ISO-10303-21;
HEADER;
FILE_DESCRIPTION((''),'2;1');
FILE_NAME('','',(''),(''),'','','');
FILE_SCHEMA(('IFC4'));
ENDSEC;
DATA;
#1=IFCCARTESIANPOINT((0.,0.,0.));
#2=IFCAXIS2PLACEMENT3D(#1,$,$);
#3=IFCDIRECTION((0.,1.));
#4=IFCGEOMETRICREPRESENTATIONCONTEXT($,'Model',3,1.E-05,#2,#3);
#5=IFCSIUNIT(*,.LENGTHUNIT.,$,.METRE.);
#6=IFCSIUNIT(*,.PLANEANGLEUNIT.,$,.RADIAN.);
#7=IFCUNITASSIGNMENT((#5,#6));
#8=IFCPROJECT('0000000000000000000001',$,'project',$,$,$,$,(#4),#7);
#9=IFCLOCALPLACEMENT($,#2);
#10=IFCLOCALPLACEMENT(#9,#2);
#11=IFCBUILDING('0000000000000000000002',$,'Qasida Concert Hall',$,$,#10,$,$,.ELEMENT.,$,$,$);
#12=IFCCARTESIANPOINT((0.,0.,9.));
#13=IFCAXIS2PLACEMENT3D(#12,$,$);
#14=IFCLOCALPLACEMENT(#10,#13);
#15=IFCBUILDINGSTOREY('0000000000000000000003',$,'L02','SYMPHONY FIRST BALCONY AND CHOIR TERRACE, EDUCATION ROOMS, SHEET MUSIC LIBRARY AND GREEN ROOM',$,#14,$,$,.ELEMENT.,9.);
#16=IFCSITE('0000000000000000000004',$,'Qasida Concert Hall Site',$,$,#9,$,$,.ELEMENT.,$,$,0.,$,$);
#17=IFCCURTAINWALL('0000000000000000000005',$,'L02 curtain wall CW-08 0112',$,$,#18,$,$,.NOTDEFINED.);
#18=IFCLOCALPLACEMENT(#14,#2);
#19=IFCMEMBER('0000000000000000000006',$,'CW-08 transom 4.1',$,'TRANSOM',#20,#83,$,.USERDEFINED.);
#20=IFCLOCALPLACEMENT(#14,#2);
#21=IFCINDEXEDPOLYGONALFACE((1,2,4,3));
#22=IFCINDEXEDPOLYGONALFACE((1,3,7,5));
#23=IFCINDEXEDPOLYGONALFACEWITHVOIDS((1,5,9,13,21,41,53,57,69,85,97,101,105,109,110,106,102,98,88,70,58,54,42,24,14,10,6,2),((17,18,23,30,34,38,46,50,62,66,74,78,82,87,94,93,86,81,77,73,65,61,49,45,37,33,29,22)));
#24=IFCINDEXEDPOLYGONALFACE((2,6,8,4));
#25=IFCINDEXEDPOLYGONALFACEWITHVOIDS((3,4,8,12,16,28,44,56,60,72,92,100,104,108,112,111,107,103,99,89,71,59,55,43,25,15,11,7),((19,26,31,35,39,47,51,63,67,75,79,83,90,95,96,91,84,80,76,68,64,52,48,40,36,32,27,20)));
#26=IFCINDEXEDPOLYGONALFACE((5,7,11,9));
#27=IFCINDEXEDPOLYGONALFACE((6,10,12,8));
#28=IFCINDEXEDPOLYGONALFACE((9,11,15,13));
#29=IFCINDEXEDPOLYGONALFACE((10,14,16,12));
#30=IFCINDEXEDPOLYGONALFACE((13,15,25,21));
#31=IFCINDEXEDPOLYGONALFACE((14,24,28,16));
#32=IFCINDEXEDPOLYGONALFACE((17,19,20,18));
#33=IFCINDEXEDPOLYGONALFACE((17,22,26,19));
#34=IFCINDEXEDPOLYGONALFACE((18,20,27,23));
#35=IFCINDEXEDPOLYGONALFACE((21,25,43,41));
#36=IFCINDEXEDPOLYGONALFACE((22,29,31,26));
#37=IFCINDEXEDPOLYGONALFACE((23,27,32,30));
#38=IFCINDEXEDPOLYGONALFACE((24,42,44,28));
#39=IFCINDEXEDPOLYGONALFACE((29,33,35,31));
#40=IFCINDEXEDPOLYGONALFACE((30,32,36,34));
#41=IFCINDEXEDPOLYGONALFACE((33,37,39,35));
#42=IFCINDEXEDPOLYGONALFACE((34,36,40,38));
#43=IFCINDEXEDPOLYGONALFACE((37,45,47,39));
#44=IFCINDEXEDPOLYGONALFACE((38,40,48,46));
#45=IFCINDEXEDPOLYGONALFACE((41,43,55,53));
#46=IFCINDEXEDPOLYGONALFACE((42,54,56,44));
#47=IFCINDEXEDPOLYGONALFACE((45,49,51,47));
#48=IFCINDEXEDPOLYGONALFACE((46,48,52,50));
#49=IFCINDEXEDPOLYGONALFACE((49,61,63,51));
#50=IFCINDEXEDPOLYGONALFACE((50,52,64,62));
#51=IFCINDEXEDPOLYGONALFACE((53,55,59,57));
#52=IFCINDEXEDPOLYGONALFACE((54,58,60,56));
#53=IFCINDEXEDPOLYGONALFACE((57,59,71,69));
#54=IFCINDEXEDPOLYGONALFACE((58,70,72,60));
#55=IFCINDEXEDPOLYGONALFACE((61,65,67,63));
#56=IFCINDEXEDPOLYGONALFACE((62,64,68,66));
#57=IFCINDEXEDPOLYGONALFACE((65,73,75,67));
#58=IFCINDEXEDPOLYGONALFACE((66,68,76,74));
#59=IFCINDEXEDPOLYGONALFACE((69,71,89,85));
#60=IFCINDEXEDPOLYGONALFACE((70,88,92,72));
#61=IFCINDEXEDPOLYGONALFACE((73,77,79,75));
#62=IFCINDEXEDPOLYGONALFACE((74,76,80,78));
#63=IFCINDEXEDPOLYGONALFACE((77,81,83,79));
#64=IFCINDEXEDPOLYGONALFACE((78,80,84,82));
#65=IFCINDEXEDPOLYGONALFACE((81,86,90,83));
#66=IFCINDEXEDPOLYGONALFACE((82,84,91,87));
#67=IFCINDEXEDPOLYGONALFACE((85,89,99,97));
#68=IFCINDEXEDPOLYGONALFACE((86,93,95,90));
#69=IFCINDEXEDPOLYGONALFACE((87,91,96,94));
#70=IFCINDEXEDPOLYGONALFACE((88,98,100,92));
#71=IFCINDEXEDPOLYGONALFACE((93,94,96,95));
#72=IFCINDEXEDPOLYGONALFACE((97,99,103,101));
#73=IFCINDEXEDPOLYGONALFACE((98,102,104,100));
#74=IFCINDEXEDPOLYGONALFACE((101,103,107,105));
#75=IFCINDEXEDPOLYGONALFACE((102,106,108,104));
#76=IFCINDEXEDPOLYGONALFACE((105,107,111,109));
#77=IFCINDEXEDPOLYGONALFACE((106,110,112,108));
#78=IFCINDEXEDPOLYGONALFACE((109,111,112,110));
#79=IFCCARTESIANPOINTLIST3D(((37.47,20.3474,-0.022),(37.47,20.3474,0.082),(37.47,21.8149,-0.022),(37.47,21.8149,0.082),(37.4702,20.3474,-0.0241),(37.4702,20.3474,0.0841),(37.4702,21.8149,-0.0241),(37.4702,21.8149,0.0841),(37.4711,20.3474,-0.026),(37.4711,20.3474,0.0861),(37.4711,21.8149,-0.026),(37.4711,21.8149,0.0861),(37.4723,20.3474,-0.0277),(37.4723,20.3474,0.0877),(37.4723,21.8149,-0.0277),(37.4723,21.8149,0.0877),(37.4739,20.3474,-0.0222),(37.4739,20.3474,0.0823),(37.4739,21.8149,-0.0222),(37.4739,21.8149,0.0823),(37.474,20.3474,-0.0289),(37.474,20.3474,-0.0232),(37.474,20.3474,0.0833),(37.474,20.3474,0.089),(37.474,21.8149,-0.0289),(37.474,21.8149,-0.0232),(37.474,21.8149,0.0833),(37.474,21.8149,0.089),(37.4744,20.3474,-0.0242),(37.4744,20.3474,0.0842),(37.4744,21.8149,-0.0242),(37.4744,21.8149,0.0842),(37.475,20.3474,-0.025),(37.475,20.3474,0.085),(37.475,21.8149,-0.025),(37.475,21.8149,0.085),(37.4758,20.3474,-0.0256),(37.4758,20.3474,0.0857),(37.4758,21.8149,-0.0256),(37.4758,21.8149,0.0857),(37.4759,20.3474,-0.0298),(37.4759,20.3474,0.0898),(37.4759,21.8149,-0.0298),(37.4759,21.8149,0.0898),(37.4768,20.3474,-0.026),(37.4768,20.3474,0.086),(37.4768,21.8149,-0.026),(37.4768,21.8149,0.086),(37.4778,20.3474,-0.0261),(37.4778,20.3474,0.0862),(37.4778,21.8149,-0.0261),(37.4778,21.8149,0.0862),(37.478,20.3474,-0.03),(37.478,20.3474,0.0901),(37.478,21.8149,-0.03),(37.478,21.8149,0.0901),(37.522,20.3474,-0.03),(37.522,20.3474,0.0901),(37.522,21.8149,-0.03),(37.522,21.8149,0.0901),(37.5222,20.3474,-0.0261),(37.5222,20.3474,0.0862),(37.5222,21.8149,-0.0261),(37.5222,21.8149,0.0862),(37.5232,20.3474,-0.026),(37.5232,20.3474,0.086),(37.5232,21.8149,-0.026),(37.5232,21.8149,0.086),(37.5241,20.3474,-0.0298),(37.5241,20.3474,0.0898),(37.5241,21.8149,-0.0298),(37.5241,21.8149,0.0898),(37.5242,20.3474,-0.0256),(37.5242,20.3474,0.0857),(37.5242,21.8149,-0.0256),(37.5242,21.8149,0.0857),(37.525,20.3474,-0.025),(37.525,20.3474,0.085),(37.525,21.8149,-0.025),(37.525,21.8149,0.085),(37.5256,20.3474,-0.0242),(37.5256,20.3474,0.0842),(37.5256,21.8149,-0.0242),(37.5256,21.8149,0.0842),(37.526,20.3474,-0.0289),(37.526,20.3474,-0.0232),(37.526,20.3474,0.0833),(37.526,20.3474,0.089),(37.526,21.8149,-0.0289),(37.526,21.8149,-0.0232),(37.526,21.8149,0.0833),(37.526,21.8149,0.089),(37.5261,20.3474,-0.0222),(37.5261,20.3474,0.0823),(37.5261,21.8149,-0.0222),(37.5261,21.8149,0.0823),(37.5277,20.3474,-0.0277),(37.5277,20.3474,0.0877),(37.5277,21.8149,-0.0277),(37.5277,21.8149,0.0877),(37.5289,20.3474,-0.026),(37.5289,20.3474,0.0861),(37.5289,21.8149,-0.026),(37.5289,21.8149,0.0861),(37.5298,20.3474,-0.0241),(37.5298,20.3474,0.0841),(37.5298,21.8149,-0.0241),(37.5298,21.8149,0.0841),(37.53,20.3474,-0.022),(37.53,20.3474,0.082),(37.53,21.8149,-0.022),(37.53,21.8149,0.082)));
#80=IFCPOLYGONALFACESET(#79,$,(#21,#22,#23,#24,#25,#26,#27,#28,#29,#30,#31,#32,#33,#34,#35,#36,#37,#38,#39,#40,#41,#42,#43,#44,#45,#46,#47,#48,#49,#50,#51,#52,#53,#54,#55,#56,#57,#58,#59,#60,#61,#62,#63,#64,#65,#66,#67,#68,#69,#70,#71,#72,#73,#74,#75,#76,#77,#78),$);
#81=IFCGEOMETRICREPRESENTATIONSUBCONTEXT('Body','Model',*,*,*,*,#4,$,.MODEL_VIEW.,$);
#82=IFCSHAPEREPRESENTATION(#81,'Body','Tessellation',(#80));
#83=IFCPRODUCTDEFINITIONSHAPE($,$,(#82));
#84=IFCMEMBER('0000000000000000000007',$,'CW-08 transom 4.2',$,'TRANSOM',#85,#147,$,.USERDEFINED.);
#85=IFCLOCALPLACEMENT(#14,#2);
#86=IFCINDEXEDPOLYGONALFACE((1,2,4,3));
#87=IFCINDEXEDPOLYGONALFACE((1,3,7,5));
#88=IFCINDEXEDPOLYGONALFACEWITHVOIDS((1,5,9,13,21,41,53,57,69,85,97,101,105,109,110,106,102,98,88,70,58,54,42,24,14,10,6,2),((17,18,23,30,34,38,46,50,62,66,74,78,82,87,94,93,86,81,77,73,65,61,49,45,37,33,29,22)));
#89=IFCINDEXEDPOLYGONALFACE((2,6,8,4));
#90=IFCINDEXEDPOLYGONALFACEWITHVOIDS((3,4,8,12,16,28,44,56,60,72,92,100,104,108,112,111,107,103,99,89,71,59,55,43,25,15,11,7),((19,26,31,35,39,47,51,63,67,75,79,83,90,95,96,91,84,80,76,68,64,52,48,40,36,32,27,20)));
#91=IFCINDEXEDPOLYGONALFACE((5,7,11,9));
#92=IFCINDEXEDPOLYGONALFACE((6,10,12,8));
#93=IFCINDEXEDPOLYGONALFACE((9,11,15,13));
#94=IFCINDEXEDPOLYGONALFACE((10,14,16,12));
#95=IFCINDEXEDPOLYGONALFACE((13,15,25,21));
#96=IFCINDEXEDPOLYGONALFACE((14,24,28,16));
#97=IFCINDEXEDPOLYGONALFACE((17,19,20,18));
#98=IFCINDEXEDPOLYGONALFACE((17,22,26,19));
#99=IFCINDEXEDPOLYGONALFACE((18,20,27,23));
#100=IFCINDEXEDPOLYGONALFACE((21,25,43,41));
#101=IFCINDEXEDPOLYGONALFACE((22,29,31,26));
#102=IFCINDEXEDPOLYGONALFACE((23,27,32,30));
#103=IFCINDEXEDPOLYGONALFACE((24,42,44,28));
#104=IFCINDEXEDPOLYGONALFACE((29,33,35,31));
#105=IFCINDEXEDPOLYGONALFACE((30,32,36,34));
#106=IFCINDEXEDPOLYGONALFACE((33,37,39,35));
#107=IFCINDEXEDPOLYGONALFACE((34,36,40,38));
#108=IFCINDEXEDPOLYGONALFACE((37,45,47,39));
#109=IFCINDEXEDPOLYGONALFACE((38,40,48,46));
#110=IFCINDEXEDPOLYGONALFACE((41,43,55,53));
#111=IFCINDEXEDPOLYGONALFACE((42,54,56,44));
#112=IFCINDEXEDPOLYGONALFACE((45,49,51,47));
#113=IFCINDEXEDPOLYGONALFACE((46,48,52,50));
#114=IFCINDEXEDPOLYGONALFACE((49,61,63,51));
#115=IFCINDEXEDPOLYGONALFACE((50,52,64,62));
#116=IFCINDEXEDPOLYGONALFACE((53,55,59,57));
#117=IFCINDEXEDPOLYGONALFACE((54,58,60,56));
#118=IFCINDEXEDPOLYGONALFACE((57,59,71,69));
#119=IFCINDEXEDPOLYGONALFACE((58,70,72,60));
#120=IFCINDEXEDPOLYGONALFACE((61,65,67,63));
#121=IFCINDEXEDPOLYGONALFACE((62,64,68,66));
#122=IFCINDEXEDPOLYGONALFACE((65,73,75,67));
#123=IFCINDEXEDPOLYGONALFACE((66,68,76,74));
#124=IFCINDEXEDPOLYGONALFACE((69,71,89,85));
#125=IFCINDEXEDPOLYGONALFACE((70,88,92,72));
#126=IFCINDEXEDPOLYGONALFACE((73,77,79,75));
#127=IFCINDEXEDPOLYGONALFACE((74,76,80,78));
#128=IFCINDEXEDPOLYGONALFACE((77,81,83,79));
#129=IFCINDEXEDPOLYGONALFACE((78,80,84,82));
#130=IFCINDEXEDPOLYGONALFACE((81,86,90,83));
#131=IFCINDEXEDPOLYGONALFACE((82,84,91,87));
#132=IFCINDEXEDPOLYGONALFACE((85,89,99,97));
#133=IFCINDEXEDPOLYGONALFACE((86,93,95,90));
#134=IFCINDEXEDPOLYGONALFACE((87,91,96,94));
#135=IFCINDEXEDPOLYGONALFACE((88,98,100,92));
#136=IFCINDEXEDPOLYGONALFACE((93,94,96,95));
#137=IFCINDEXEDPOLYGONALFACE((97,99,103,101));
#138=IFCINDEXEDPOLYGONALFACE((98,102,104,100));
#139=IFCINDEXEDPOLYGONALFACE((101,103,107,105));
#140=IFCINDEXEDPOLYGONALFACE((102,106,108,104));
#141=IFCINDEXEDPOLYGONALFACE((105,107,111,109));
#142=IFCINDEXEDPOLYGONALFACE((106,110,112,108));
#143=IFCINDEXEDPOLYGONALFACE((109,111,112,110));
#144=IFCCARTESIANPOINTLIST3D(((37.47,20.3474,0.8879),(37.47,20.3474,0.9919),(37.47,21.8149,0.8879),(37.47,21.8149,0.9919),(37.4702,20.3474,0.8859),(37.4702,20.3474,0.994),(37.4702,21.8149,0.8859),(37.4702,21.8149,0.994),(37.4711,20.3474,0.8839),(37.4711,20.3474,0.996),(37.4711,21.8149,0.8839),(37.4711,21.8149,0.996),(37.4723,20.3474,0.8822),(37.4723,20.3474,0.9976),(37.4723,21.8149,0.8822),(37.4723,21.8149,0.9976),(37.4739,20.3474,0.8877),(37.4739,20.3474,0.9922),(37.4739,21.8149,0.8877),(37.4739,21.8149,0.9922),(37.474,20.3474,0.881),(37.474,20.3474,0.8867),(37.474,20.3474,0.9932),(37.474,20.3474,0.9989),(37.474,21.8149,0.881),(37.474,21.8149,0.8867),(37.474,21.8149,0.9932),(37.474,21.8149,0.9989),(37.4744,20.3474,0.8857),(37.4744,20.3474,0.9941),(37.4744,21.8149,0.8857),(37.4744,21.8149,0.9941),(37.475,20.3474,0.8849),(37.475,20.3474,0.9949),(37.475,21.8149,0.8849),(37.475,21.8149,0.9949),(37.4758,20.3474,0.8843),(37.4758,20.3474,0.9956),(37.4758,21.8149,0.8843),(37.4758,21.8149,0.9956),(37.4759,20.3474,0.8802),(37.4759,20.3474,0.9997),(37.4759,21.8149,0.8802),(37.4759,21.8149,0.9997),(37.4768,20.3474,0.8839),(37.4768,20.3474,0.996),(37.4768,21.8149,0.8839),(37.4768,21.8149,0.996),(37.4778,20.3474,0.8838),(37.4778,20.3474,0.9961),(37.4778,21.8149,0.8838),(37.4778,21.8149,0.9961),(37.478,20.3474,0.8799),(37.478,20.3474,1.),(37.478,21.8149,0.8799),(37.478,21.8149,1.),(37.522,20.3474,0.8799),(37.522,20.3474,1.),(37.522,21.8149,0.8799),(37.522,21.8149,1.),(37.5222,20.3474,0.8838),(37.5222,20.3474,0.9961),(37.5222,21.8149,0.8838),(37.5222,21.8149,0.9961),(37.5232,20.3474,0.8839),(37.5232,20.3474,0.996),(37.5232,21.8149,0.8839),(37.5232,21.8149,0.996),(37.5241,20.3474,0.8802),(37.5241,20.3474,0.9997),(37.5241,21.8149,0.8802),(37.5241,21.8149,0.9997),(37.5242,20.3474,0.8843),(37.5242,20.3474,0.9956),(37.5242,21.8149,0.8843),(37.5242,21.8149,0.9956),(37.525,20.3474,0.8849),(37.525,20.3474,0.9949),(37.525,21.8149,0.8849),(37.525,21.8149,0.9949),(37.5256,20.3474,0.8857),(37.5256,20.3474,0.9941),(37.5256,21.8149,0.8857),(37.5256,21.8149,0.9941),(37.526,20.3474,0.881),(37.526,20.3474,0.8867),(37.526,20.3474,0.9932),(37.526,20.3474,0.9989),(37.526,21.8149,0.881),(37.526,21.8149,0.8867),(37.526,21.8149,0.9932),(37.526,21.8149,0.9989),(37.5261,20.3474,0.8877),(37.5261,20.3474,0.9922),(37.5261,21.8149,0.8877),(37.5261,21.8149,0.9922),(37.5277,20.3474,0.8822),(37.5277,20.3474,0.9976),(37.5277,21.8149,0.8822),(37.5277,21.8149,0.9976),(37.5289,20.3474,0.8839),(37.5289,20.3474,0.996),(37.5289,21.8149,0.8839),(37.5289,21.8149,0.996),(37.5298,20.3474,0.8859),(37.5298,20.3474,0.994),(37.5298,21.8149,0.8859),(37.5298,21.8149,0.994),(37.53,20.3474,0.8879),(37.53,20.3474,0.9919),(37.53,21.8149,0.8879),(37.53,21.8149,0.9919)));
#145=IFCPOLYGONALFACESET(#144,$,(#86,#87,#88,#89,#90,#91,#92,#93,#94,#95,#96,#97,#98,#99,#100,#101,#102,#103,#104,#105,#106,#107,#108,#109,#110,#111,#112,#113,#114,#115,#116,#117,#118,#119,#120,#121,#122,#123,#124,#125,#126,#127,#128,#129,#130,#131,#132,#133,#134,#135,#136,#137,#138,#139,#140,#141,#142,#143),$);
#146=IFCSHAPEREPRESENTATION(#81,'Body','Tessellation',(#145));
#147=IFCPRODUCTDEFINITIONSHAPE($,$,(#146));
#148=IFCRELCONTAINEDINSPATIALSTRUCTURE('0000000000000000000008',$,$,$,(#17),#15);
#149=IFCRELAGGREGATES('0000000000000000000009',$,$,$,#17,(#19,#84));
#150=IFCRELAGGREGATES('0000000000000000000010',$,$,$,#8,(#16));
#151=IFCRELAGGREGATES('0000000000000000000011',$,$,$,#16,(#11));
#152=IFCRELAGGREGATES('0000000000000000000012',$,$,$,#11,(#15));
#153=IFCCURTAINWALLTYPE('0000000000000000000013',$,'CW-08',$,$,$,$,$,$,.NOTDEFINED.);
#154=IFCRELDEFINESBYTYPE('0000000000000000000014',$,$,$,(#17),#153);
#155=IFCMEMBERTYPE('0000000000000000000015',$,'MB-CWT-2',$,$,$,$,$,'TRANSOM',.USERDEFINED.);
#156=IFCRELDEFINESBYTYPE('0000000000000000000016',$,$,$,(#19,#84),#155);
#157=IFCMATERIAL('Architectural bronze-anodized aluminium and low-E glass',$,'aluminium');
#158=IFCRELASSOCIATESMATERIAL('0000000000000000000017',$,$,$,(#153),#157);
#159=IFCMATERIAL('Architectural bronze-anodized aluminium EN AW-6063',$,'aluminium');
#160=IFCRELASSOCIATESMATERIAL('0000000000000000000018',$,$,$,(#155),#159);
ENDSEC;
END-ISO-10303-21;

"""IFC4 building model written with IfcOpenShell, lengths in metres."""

from ifc_helpers import new_model, si_unit, direction, frame, origin, origin_2d, place, context, subcontext, project, spatial, hollow_rectangle, extrude, material, material_profile, profile_set, type_object, element, aggregate, save


model = new_model("IFC4")

# Units and contexts
model_context = context("Model", 3, precision=1e-05, world=origin(), true_north=direction((0.0, 1.0)))
body_context = subcontext(model_context, "Body", "Model", "MODEL_VIEW")
ifc_project = project(units=[si_unit("LENGTHUNIT", "METRE"), si_unit("PLANEANGLEUNIT", "RADIAN")], contexts=[model_context])

# Site, building, storey
site_placement = place(None, origin())
site = spatial("IfcSite", under=ifc_project, at=site_placement, Name="Qasida Concert Hall Site", CompositionType="ELEMENT", RefElevation=0.0)
building_placement = place(site_placement, origin())
building = spatial("IfcBuilding", under=site, at=building_placement, Name="Qasida Concert Hall", CompositionType="ELEMENT")
storey_placement = place(building_placement, frame((0.0, 0.0, 9.0)))
storey = spatial("IfcBuildingStorey", under=building, at=storey_placement, Name="L02", Description="SYMPHONY FIRST BALCONY AND CHOIR TERRACE, EDUCATION ROOMS, SHEET MUSIC LIBRARY AND GREEN ROOM", CompositionType="ELEMENT", Elevation=9.0)

# Curtain wall, members
ifc_material_1 = material(Name="Architectural bronze-anodized aluminium and low-E glass", Category="aluminium")
curtain_wall_type = type_object("IfcCurtainWallType", Name="CW-08", PredefinedType="NOTDEFINED", material=ifc_material_1)
curtain_wall_placement = place(storey_placement, origin())
curtain_wall = element("IfcCurtainWall", 1, at=curtain_wall_placement, inside=storey, type_object=curtain_wall_type, Name="L02 curtain wall CW-08 0112", PredefinedType="NOTDEFINED")
ifc_material_2 = material(Name="Architectural bronze-anodized aluminium EN AW-6063", Category="aluminium")
ifc_material_profile_1 = material_profile(ifc_material_2, hollow_rectangle(XDim=0.0601, YDim=0.1201, WallThickness=0.0039, InnerFilletRadius=0.0039, OuterFilletRadius=0.0081, at=origin_2d()), Name="CWT 120x60x4")
ifc_profile_set_1 = profile_set([ifc_material_profile_1], Name="Architectural bronze-anodized aluminium EN AW-6063")
member_type_1 = type_object("IfcMemberType", Name="MB-CWT-2", ElementType="TRANSOM", PredefinedType="USERDEFINED", material=ifc_profile_set_1)
member_1_placement = place(storey_placement, frame((37.5, 20.3474, 0.03), z_axis=(0.0, 1.0, 0.0), x_axis=(-1.0, 0.0, 0.0)))
member_1 = element("IfcMember", 2, at=member_1_placement, type_object=member_type_1, Name="CW-08 transom 4.1", ObjectType="TRANSOM", PredefinedType="USERDEFINED", context=body_context, shape_type="SweptSolid", body=[
    extrude(hollow_rectangle(XDim=0.0601, YDim=0.1201, WallThickness=0.0039, InnerFilletRadius=0.0039, OuterFilletRadius=0.0081, at=origin_2d()), origin(), (0.0, 0.0, 1.0), 1.4675),
])
member_2_placement = place(storey_placement, frame((37.5, 20.3474, 0.9399), z_axis=(0.0, 1.0, 0.0), x_axis=(-1.0, 0.0, 0.0)))
member_2 = element("IfcMember", 3, at=member_2_placement, type_object=member_type_1, Name="CW-08 transom 4.2", ObjectType="TRANSOM", PredefinedType="USERDEFINED", context=body_context, shape_type="SweptSolid", body=[
    extrude(hollow_rectangle(XDim=0.0601, YDim=0.1201, WallThickness=0.0039, InnerFilletRadius=0.0039, OuterFilletRadius=0.0081, at=origin_2d()), origin(), (0.0, 0.0, 1.0), 1.4675),
])
aggregate(curtain_wall, [member_1, member_2])

save(model, "model.ifc")
